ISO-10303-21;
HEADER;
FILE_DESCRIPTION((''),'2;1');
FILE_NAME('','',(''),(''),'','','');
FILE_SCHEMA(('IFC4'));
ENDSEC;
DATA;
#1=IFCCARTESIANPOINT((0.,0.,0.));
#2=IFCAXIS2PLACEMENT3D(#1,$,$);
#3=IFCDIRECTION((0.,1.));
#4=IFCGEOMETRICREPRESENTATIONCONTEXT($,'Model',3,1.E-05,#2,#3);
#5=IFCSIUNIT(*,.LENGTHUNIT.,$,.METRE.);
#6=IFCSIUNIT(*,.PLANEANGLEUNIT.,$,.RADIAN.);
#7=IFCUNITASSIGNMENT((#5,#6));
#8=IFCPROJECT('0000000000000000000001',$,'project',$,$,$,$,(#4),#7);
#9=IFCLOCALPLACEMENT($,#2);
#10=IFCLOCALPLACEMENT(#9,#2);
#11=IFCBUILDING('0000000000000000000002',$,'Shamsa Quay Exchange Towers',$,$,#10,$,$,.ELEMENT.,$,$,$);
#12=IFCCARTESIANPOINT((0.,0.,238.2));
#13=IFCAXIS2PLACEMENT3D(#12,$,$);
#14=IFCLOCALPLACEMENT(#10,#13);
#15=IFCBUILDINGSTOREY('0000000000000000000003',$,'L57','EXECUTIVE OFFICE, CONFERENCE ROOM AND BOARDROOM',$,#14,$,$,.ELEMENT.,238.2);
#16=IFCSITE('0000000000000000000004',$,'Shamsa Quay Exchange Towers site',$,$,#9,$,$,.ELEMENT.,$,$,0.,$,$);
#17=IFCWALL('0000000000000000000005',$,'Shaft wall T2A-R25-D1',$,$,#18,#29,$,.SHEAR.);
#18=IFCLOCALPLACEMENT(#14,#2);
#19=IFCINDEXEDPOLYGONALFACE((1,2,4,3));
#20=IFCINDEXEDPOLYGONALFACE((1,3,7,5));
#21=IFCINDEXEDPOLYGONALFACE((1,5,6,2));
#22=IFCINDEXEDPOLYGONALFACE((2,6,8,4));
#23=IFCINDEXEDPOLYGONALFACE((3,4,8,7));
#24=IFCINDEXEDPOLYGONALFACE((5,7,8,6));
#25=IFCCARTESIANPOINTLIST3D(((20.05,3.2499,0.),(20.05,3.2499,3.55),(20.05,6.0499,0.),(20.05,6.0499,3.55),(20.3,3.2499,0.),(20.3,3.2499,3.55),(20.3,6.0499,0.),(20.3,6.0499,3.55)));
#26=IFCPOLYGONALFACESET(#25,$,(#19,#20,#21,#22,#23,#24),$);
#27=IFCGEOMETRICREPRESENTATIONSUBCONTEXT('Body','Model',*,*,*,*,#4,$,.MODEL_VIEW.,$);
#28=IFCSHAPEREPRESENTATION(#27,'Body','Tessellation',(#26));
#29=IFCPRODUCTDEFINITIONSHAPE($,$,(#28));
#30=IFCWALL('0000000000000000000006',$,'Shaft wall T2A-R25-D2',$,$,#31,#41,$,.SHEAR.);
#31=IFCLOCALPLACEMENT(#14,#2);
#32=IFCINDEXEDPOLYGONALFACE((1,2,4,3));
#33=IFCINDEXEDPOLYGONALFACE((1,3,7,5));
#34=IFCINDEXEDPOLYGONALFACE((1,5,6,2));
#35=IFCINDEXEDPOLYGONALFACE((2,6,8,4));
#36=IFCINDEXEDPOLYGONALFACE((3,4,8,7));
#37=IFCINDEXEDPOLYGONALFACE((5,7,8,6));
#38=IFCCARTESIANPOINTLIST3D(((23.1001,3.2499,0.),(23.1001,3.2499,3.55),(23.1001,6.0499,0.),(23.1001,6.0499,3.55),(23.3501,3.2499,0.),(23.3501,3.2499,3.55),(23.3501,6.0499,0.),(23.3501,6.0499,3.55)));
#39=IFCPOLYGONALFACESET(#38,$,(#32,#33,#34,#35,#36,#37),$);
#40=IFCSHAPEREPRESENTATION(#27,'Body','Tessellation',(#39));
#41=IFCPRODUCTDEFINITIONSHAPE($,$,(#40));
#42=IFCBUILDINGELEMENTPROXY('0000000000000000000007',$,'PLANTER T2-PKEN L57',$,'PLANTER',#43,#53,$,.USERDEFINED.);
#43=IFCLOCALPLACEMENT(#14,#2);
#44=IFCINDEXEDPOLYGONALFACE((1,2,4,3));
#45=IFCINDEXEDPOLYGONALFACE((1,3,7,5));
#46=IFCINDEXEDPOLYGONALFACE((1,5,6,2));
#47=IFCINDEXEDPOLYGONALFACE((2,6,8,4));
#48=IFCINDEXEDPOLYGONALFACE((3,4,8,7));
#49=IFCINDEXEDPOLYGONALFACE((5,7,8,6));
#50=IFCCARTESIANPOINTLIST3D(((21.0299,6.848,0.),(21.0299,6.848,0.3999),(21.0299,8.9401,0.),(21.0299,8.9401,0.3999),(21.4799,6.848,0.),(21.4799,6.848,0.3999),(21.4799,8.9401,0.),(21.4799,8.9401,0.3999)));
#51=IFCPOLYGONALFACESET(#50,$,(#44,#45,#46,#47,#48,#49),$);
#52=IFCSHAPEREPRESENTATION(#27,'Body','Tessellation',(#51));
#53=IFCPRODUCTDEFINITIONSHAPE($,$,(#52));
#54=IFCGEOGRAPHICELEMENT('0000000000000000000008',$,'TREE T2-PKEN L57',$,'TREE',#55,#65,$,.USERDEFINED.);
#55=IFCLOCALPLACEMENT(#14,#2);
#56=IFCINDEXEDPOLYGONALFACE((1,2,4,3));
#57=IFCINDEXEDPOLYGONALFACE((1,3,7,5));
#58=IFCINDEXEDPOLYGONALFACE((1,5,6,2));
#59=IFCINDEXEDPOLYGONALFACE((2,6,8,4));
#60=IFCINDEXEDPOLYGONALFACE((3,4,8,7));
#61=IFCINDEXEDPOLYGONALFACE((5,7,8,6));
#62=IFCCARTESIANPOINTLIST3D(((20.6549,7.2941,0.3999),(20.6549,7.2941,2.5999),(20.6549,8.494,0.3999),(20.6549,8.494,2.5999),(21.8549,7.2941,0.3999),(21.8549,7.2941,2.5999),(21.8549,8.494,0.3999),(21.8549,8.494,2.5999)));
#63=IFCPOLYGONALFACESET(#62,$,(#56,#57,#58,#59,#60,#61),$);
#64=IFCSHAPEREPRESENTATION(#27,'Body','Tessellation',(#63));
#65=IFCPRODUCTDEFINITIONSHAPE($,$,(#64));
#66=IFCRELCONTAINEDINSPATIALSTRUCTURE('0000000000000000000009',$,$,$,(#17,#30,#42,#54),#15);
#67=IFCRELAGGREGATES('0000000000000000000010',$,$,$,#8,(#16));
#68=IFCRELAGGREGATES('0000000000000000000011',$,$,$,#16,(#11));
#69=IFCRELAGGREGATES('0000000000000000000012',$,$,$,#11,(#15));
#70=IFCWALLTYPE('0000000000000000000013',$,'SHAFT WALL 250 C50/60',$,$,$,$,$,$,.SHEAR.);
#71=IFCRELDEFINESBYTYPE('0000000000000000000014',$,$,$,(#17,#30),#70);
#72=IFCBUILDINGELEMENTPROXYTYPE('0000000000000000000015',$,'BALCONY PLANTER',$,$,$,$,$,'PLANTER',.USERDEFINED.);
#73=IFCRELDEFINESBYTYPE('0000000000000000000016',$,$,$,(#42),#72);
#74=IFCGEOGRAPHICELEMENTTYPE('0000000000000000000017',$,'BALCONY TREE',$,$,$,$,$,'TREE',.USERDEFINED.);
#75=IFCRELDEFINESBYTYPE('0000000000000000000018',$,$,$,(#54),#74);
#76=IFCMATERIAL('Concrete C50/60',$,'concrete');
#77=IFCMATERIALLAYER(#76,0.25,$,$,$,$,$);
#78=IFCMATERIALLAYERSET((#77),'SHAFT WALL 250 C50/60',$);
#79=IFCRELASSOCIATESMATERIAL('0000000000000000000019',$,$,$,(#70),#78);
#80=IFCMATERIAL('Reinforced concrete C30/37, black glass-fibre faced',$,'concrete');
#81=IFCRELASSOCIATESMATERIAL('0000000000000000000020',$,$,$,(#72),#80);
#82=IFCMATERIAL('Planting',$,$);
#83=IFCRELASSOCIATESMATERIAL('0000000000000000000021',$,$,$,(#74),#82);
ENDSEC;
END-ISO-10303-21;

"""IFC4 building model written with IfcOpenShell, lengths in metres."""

from ifc_helpers import new_model, si_unit, direction, frame, frame_2d, origin, origin_2d, place, context, subcontext, project, spatial, rectangle, extrude, material, layer, layer_set, type_object, element, save


model = new_model("IFC4")

# Units and contexts
model_context = context("Model", 3, precision=1e-05, world=origin(), true_north=direction((0.0, 1.0)))
body_context = subcontext(model_context, "Body", "Model", "MODEL_VIEW")
ifc_project = project(units=[si_unit("LENGTHUNIT", "METRE"), si_unit("PLANEANGLEUNIT", "RADIAN")], contexts=[model_context])

# Site, building, storey
site_placement = place(None, origin())
site = spatial("IfcSite", under=ifc_project, at=site_placement, Name="Shamsa Quay Exchange Towers site", CompositionType="ELEMENT", RefElevation=0.0)
building_placement = place(site_placement, origin())
building = spatial("IfcBuilding", under=site, at=building_placement, Name="Shamsa Quay Exchange Towers", CompositionType="ELEMENT")
storey_placement = place(building_placement, frame((0.0, 0.0, 238.2)))
storey = spatial("IfcBuildingStorey", under=building, at=storey_placement, Name="L57", Description="EXECUTIVE OFFICE, CONFERENCE ROOM AND BOARDROOM", CompositionType="ELEMENT", Elevation=238.2)

# Shared definitions
ifc_material_1 = material(Name="Concrete C50/60", Category="concrete")
ifc_layer_1 = layer(ifc_material_1, 0.25)
ifc_layer_set_1 = layer_set([ifc_layer_1], Name="SHAFT WALL 250 C50/60")
wall_type_1 = type_object("IfcWallType", Name="SHAFT WALL 250 C50/60", PredefinedType="SHEAR", material=ifc_layer_set_1)

# Walls
for number, where, z_axis, x_axis, name in (
    (1, (20.175, 3.25, 0.0), (0.0, 0.0, 1.0), (0.0, 1.0, 0.0), "Shaft wall T2A-R25-D1"),
    (2, (23.2251, 3.25, 0.0), (0.0, 0.0, 1.0), (0.0, 1.0, 0.0), "Shaft wall T2A-R25-D2"),
):
    element("IfcWall", number, at=place(storey_placement, frame(where, z_axis=z_axis, x_axis=x_axis)), inside=storey, type_object=wall_type_1, Name=name, PredefinedType="SHEAR", context=body_context, shape_type="SweptSolid", body=[
        extrude(rectangle(XDim=2.8, YDim=0.25, at=frame_2d((1.3999, 0.0))), origin(), (0.0, 0.0, 1.0), 3.55),
    ])

# Building element proxy
ifc_material_2 = material(Name="Reinforced concrete C30/37, black glass-fibre faced", Category="concrete")
building_element_proxy_type = type_object("IfcBuildingElementProxyType", Name="BALCONY PLANTER", ElementType="PLANTER", PredefinedType="USERDEFINED", material=ifc_material_2)
proxy_placement = place(storey_placement, frame((21.2549, 7.894, 0.0), z_axis=(0.0, 0.0, 1.0), x_axis=(0.0, -1.0, 0.0)))
element("IfcBuildingElementProxy", 3, at=proxy_placement, inside=storey, type_object=building_element_proxy_type, Name="PLANTER T2-PKEN L57", ObjectType="PLANTER", PredefinedType="USERDEFINED", context=body_context, shape_type="SweptSolid", body=[
    extrude(rectangle(XDim=2.092, YDim=0.45, at=origin_2d()), origin(), (0.0, 0.0, 1.0), 0.3999),
])

# Geographic element
ifc_material_3 = material(Name="Planting")
geographic_element_type = type_object("IfcGeographicElementType", Name="BALCONY TREE", ElementType="TREE", PredefinedType="USERDEFINED", material=ifc_material_3)
geographic_element_placement = place(storey_placement, frame((21.2549, 7.894, 0.3999), z_axis=(0.0, 0.0, 1.0), x_axis=(0.0, -1.0, 0.0)))
element("IfcGeographicElement", 4, at=geographic_element_placement, inside=storey, type_object=geographic_element_type, Name="TREE T2-PKEN L57", ObjectType="TREE", PredefinedType="USERDEFINED", context=body_context, shape_type="SweptSolid", body=[
    extrude(rectangle(XDim=1.2, YDim=1.2, at=origin_2d()), origin(), (0.0, 0.0, 1.0), 2.2),
])

save(model, "model.ifc")
